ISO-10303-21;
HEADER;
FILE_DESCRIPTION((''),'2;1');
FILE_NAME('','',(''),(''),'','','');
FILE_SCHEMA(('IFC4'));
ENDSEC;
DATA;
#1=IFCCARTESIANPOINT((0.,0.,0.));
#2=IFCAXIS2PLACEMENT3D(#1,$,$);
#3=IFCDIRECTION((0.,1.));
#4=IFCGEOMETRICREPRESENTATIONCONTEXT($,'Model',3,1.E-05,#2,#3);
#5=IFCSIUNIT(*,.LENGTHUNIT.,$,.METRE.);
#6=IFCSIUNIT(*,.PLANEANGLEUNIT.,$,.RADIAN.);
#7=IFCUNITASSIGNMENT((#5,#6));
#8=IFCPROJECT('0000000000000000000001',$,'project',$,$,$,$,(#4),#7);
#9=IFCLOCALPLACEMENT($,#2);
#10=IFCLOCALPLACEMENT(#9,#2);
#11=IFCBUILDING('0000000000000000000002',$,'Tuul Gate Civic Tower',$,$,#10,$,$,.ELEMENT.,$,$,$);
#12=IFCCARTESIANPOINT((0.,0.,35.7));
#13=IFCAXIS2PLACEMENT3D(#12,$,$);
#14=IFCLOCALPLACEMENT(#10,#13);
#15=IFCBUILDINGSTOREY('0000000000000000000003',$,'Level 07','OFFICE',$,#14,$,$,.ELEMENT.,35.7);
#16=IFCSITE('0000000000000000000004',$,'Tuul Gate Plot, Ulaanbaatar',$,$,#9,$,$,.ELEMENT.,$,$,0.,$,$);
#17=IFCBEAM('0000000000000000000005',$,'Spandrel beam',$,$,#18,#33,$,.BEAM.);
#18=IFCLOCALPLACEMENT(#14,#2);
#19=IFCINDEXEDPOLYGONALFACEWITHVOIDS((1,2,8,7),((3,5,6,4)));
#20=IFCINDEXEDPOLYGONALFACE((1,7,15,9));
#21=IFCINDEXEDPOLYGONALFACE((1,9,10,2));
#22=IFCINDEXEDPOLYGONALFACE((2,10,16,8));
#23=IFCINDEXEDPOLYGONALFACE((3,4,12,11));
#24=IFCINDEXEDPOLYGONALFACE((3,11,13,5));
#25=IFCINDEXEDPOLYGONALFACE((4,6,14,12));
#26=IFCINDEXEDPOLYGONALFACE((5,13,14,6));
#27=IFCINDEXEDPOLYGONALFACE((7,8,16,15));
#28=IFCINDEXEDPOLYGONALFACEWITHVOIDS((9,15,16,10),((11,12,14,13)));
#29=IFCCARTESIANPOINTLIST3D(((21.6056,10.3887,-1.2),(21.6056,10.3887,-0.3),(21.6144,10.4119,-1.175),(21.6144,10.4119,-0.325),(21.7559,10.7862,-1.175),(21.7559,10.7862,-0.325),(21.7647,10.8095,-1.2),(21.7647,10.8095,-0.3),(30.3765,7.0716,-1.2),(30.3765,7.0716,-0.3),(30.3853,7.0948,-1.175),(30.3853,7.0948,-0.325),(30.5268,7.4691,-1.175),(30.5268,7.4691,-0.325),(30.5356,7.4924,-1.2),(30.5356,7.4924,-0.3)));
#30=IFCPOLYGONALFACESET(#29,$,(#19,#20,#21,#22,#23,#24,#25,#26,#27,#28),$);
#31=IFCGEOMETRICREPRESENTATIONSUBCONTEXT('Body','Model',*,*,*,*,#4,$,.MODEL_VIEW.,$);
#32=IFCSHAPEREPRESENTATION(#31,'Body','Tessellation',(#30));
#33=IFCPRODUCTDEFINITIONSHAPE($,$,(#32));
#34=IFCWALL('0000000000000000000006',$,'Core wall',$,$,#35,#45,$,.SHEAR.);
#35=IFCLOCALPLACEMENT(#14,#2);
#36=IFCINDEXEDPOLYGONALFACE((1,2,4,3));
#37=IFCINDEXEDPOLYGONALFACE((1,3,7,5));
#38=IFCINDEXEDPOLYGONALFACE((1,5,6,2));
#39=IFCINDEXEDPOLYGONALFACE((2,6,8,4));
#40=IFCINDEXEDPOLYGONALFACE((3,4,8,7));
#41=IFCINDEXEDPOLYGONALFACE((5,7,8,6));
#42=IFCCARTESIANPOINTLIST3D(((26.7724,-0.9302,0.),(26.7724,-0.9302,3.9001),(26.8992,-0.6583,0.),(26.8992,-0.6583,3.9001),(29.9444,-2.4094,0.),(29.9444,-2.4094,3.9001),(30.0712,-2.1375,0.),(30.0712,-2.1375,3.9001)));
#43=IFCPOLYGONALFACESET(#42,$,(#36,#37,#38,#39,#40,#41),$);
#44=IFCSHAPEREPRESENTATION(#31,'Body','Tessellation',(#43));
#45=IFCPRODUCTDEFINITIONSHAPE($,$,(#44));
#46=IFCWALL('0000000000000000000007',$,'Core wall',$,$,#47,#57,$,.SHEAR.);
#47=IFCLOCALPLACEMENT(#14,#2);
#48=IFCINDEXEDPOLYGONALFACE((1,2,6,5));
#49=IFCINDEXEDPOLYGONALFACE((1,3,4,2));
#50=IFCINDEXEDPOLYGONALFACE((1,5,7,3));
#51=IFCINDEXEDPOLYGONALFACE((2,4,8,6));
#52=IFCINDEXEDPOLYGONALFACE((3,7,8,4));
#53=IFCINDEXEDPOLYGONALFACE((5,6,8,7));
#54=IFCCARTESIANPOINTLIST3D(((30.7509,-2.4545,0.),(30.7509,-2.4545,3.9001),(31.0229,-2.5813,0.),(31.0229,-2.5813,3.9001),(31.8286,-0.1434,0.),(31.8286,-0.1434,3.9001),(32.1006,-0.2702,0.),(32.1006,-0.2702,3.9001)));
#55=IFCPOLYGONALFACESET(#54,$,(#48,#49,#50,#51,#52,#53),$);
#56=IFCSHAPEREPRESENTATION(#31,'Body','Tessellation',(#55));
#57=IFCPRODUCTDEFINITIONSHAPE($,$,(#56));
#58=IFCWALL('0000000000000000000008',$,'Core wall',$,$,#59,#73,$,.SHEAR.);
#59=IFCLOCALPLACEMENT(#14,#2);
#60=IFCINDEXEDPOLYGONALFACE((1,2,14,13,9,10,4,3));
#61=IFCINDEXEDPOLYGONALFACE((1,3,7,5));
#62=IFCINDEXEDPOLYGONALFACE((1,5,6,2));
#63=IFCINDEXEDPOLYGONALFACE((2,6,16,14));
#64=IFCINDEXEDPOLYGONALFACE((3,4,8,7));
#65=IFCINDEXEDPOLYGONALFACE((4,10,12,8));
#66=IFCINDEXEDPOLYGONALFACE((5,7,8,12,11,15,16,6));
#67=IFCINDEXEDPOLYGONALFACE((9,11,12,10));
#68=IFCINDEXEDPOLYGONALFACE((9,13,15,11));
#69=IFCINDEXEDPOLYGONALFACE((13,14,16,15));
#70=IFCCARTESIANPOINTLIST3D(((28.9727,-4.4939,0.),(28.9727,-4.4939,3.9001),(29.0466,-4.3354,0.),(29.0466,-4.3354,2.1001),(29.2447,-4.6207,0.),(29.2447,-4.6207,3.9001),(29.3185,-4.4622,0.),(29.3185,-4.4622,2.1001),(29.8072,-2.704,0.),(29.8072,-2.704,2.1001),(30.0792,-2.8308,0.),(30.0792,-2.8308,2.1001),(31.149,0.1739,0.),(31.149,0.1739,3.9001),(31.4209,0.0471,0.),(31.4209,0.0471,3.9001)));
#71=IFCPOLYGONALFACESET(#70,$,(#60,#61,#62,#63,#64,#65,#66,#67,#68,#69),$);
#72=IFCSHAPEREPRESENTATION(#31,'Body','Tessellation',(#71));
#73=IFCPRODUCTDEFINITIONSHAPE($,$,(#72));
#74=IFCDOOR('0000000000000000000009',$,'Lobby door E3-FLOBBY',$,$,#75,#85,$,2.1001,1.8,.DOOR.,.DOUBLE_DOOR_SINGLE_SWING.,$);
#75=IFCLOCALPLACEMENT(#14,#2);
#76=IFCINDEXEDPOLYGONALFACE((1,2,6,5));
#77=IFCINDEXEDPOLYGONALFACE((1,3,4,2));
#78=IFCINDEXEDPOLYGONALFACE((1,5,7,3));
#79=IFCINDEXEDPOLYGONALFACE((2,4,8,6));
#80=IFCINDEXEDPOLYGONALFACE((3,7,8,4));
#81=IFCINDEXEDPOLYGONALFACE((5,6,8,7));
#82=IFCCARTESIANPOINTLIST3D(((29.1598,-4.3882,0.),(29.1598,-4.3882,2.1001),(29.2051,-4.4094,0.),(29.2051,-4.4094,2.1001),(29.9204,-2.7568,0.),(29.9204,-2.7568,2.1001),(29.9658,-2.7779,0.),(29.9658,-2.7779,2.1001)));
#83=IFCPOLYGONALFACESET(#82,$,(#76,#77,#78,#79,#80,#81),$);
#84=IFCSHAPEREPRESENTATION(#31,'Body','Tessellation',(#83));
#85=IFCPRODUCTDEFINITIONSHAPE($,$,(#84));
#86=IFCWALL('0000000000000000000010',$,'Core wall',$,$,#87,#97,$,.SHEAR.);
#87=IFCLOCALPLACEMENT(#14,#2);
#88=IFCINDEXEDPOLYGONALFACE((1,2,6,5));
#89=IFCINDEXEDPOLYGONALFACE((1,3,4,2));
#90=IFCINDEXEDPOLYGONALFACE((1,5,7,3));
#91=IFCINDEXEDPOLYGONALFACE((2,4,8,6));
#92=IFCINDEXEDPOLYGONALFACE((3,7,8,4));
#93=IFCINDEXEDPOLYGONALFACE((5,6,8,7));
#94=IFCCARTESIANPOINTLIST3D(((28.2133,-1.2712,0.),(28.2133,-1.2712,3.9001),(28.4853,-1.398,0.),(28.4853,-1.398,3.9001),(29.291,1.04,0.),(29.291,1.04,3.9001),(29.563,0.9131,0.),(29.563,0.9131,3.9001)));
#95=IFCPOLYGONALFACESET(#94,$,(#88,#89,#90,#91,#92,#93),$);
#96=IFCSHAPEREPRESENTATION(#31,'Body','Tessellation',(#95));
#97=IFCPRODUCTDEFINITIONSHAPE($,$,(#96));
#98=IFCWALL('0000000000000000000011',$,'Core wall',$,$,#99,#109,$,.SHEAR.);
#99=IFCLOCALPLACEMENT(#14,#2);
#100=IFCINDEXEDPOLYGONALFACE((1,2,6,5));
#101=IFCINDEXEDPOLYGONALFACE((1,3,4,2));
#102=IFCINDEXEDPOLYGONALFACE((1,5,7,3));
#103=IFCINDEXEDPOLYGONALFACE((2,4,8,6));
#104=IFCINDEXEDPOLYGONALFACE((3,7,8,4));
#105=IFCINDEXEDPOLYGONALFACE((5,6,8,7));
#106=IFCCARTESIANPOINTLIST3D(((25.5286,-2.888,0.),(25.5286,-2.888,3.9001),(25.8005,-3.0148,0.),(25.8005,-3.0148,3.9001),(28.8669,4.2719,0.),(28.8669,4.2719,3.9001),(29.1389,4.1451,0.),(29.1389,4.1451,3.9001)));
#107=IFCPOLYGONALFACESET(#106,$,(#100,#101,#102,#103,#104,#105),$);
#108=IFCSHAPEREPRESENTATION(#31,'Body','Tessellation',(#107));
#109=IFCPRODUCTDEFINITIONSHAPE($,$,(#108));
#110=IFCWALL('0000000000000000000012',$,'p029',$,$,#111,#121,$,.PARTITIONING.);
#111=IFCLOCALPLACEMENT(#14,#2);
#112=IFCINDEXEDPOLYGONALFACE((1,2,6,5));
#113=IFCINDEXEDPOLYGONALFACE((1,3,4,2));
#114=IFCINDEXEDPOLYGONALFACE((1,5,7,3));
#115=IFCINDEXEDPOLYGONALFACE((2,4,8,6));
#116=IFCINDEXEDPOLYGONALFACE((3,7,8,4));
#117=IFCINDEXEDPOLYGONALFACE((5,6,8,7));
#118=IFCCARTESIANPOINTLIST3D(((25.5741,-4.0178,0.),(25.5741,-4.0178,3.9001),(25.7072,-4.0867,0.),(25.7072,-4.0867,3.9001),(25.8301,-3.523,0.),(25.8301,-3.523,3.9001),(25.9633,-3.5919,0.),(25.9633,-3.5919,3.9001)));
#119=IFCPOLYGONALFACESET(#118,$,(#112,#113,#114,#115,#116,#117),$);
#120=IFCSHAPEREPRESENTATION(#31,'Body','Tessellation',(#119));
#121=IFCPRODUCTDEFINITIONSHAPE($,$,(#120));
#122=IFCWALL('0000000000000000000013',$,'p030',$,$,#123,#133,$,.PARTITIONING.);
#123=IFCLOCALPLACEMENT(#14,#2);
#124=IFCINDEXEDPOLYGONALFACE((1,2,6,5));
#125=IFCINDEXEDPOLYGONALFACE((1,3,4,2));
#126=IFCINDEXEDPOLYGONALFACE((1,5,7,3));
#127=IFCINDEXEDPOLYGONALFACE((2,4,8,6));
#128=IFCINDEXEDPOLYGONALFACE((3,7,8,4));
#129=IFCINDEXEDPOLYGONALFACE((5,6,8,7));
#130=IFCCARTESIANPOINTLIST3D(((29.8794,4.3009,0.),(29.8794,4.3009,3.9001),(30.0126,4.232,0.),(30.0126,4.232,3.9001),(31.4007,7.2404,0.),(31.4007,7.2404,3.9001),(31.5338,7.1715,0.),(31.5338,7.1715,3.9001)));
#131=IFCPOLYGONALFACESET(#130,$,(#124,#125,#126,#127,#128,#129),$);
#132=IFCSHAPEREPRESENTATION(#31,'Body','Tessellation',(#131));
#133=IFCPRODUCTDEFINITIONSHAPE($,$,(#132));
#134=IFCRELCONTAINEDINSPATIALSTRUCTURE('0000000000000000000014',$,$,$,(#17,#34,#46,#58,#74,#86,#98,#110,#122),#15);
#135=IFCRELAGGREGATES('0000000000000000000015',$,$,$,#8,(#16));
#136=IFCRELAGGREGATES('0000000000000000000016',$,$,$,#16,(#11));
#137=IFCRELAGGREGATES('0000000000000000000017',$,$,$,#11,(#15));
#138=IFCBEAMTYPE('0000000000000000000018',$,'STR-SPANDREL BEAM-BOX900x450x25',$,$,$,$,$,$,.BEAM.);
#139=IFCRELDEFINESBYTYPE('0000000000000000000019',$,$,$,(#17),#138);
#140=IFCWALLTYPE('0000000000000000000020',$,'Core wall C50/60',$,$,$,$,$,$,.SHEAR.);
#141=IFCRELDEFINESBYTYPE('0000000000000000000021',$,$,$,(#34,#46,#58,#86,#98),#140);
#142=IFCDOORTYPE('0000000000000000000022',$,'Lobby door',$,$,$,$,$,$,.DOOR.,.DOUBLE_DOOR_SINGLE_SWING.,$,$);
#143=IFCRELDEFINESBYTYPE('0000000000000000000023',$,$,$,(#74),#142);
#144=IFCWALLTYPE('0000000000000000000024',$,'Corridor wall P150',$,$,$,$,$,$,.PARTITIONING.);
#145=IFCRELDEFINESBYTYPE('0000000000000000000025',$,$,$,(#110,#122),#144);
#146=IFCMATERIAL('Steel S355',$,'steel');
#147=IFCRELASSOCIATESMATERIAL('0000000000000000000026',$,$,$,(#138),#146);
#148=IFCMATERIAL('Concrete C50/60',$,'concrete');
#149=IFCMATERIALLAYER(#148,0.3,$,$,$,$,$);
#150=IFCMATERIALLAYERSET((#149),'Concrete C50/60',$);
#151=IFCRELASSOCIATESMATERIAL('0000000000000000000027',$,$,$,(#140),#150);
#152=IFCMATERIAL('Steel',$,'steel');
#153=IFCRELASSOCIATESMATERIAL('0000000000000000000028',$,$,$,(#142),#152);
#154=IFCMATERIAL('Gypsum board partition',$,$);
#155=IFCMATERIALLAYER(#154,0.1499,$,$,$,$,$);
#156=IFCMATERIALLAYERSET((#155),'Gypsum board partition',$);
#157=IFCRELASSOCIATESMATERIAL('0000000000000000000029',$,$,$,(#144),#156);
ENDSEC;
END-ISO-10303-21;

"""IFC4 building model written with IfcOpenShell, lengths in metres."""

from ifc_helpers import new_model, si_unit, direction, frame, frame_2d, origin, origin_2d, place, context, subcontext, project, spatial, rectangle, hollow_rectangle, extrude, material, layer, layer_set, material_profile, profile_set, type_object, element, fill, save


model = new_model("IFC4")

# Units and contexts
model_context = context("Model", 3, precision=1e-05, world=origin(), true_north=direction((0.0, 1.0)))
body_context = subcontext(model_context, "Body", "Model", "MODEL_VIEW")
ifc_project = project(units=[si_unit("LENGTHUNIT", "METRE"), si_unit("PLANEANGLEUNIT", "RADIAN")], contexts=[model_context])

# Site, building, storey
site_placement = place(None, origin())
site = spatial("IfcSite", under=ifc_project, at=site_placement, Name="Tuul Gate Plot, Ulaanbaatar", CompositionType="ELEMENT", RefElevation=0.0)
building_placement = place(site_placement, origin())
building = spatial("IfcBuilding", under=site, at=building_placement, Name="Tuul Gate Civic Tower", CompositionType="ELEMENT")
storey_placement = place(building_placement, frame((0.0, 0.0, 35.7)))
storey = spatial("IfcBuildingStorey", under=building, at=storey_placement, Name="Level 07", Description="OFFICE", CompositionType="ELEMENT", Elevation=35.7)

# Beam
ifc_material_1 = material(Name="Steel S355", Category="steel")
ifc_material_profile_1 = material_profile(ifc_material_1, hollow_rectangle(XDim=0.45, YDim=0.8999, WallThickness=0.0249, at=origin_2d()), Name="BOX900x450x25")
ifc_profile_set_1 = profile_set([ifc_material_profile_1], Name="Steel S355")
beam_type = type_object("IfcBeamType", Name="STR-SPANDREL BEAM-BOX900x450x25", PredefinedType="BEAM", material=ifc_profile_set_1)
beam_placement = place(storey_placement, frame((30.4561, 7.282, -0.75), z_axis=(-0.935343, 0.353741, 0.0), x_axis=(-0.353741, -0.935343, 0.0)))
element("IfcBeam", 1, at=beam_placement, inside=storey, type_object=beam_type, Name="Spandrel beam", PredefinedType="BEAM", context=body_context, shape_type="SweptSolid", body=[
    extrude(hollow_rectangle(XDim=0.45, YDim=0.8999, WallThickness=0.0249, at=origin_2d()), origin(), (0.0, 0.0, 1.0), 9.3772),
])

# Walls
ifc_material_2 = material(Name="Concrete C50/60", Category="concrete")
ifc_layer_1 = layer(ifc_material_2, 0.3)
ifc_layer_set_1 = layer_set([ifc_layer_1], Name="Concrete C50/60")
wall_type_1 = type_object("IfcWallType", Name="Core wall C50/60", PredefinedType="SHEAR", material=ifc_layer_set_1)
wall_1_placement = place(storey_placement, frame((30.0078, -2.2734, 0.0), z_axis=(0.0, 0.0, 1.0), x_axis=(-0.906301, 0.422633, 0.0)))
element("IfcWall", 2, at=wall_1_placement, inside=storey, type_object=wall_type_1, Name="Core wall", PredefinedType="SHEAR", context=body_context, shape_type="SweptSolid", body=[
    extrude(rectangle(XDim=3.5, YDim=0.3, at=frame_2d((1.75, 0.0))), origin(), (0.0, 0.0, 1.0), 3.9001),
])
wall_2_placement = place(storey_placement, frame((30.887, -2.5178, 0.0), z_axis=(0.0, 0.0, 1.0), x_axis=(0.422613, 0.90631, 0.0)))
element("IfcWall", 3, at=wall_2_placement, inside=storey, type_object=wall_type_1, Name="Core wall", PredefinedType="SHEAR", context=body_context, shape_type="SweptSolid", body=[
    extrude(rectangle(XDim=2.55, YDim=0.3, at=frame_2d((1.2749, 0.0))), origin(), (0.0, 0.0, 1.0), 3.9001),
])

# Wall, opening, door
wall_3_placement = place(storey_placement, frame((29.1086, -4.5574, 0.0), z_axis=(0.0, 0.0, 1.0), x_axis=(0.422566, 0.906332, 0.0)))
wall_3 = element("IfcWall", 4, at=wall_3_placement, inside=storey, type_object=wall_type_1, Name="Core wall", PredefinedType="SHEAR", context=body_context, shape_type="SweptSolid", body=[
    extrude(rectangle(XDim=5.1501, YDim=0.3, at=frame_2d((2.5752, 0.0))), origin(), (0.0, 0.0, 1.0), 3.9001),
])
opening_1_placement = place(wall_3_placement, frame((0.175, 0.0, 0.0)))
opening_1 = element("IfcOpeningElement", 5, at=opening_1_placement, cuts=wall_3, PredefinedType="OPENING", context=body_context, shape_type="SweptSolid", body=[
    extrude(rectangle(XDim=1.8, YDim=2.1001, at=frame_2d((0.8999, 1.05))), frame((0.0, 0.1602, 0.0), z_axis=(0.0, -1.0, 0.0), x_axis=(1.0, 0.0, 0.0)), (0.0, 0.0, 1.0), 0.3201),
])
ifc_material_3 = material(Name="Steel", Category="steel")
door_type = type_object("IfcDoorType", Name="Lobby door", OperationType="DOUBLE_DOOR_SINGLE_SWING", PredefinedType="DOOR", material=ifc_material_3)
door_placement = place(opening_1_placement, frame((1.8, 0.0, 0.0), z_axis=(0.0, 0.0, 1.0), x_axis=(-1.0, 0.0, 0.0)))
door = element("IfcDoor", 6, at=door_placement, inside=storey, type_object=door_type, Name="Lobby door E3-FLOBBY", OperationType="DOUBLE_DOOR_SINGLE_SWING", OverallHeight=2.1001, OverallWidth=1.8, PredefinedType="DOOR", context=body_context, shape_type="SweptSolid", body=[
    extrude(rectangle(XDim=1.8, YDim=2.1001, at=frame_2d((0.9001, 1.05))), frame((0.0, 0.0249, 0.0), z_axis=(0.0, -1.0, 0.0), x_axis=(1.0, 0.0, 0.0)), (0.0, 0.0, 1.0), 0.05),
])
fill(opening_1, door)

# Walls
wall_4_placement = place(storey_placement, frame((28.3494, -1.3345, 0.0), z_axis=(0.0, 0.0, 1.0), x_axis=(0.422613, 0.90631, 0.0)))
element("IfcWall", 7, at=wall_4_placement, inside=storey, type_object=wall_type_1, Name="Core wall", PredefinedType="SHEAR", context=body_context, shape_type="SweptSolid", body=[
    extrude(rectangle(XDim=2.55, YDim=0.3, at=frame_2d((1.2749, 0.0))), origin(), (0.0, 0.0, 1.0), 3.9001),
])
wall_5_placement = place(storey_placement, frame((25.6646, -2.9514, 0.0), z_axis=(0.0, 0.0, 1.0), x_axis=(0.422583, 0.906324, 0.0)))
element("IfcWall", 8, at=wall_5_placement, inside=storey, type_object=wall_type_1, Name="Core wall", PredefinedType="SHEAR", context=body_context, shape_type="SweptSolid", body=[
    extrude(rectangle(XDim=7.8999, YDim=0.3, at=frame_2d((3.95, 0.0))), origin(), (0.0, 0.0, 1.0), 3.9001),
])
ifc_material_4 = material(Name="Gypsum board partition")
ifc_layer_2 = layer(ifc_material_4, 0.1499)
ifc_layer_set_2 = layer_set([ifc_layer_2], Name="Gypsum board partition")
wall_type_2 = type_object("IfcWallType", Name="Corridor wall P150", PredefinedType="PARTITIONING", material=ifc_layer_set_2)
wall_6_placement = place(storey_placement, frame((25.6406, -4.0522, 0.0), z_axis=(0.0, 0.0, 1.0), x_axis=(0.459614, 0.888119, 0.0)))
element("IfcWall", 9, at=wall_6_placement, inside=storey, type_object=wall_type_2, Name="p029", PredefinedType="PARTITIONING", context=body_context, shape_type="SweptSolid", body=[
    extrude(rectangle(XDim=0.5571, YDim=0.1499, at=frame_2d((0.2786, 0.0))), origin(), (0.0, 0.0, 1.0), 3.9001),
])
wall_7_placement = place(storey_placement, frame((29.946, 4.2666, 0.0), z_axis=(0.0, 0.0, 1.0), x_axis=(0.459622, 0.888115, 0.0)))
element("IfcWall", 10, at=wall_7_placement, inside=storey, type_object=wall_type_2, Name="p030", PredefinedType="PARTITIONING", context=body_context, shape_type="SweptSolid", body=[
    extrude(rectangle(XDim=3.3098, YDim=0.1499, at=frame_2d((1.6548, 0.0))), origin(), (0.0, 0.0, 1.0), 3.9001),
])

save(model, "model.ifc")
